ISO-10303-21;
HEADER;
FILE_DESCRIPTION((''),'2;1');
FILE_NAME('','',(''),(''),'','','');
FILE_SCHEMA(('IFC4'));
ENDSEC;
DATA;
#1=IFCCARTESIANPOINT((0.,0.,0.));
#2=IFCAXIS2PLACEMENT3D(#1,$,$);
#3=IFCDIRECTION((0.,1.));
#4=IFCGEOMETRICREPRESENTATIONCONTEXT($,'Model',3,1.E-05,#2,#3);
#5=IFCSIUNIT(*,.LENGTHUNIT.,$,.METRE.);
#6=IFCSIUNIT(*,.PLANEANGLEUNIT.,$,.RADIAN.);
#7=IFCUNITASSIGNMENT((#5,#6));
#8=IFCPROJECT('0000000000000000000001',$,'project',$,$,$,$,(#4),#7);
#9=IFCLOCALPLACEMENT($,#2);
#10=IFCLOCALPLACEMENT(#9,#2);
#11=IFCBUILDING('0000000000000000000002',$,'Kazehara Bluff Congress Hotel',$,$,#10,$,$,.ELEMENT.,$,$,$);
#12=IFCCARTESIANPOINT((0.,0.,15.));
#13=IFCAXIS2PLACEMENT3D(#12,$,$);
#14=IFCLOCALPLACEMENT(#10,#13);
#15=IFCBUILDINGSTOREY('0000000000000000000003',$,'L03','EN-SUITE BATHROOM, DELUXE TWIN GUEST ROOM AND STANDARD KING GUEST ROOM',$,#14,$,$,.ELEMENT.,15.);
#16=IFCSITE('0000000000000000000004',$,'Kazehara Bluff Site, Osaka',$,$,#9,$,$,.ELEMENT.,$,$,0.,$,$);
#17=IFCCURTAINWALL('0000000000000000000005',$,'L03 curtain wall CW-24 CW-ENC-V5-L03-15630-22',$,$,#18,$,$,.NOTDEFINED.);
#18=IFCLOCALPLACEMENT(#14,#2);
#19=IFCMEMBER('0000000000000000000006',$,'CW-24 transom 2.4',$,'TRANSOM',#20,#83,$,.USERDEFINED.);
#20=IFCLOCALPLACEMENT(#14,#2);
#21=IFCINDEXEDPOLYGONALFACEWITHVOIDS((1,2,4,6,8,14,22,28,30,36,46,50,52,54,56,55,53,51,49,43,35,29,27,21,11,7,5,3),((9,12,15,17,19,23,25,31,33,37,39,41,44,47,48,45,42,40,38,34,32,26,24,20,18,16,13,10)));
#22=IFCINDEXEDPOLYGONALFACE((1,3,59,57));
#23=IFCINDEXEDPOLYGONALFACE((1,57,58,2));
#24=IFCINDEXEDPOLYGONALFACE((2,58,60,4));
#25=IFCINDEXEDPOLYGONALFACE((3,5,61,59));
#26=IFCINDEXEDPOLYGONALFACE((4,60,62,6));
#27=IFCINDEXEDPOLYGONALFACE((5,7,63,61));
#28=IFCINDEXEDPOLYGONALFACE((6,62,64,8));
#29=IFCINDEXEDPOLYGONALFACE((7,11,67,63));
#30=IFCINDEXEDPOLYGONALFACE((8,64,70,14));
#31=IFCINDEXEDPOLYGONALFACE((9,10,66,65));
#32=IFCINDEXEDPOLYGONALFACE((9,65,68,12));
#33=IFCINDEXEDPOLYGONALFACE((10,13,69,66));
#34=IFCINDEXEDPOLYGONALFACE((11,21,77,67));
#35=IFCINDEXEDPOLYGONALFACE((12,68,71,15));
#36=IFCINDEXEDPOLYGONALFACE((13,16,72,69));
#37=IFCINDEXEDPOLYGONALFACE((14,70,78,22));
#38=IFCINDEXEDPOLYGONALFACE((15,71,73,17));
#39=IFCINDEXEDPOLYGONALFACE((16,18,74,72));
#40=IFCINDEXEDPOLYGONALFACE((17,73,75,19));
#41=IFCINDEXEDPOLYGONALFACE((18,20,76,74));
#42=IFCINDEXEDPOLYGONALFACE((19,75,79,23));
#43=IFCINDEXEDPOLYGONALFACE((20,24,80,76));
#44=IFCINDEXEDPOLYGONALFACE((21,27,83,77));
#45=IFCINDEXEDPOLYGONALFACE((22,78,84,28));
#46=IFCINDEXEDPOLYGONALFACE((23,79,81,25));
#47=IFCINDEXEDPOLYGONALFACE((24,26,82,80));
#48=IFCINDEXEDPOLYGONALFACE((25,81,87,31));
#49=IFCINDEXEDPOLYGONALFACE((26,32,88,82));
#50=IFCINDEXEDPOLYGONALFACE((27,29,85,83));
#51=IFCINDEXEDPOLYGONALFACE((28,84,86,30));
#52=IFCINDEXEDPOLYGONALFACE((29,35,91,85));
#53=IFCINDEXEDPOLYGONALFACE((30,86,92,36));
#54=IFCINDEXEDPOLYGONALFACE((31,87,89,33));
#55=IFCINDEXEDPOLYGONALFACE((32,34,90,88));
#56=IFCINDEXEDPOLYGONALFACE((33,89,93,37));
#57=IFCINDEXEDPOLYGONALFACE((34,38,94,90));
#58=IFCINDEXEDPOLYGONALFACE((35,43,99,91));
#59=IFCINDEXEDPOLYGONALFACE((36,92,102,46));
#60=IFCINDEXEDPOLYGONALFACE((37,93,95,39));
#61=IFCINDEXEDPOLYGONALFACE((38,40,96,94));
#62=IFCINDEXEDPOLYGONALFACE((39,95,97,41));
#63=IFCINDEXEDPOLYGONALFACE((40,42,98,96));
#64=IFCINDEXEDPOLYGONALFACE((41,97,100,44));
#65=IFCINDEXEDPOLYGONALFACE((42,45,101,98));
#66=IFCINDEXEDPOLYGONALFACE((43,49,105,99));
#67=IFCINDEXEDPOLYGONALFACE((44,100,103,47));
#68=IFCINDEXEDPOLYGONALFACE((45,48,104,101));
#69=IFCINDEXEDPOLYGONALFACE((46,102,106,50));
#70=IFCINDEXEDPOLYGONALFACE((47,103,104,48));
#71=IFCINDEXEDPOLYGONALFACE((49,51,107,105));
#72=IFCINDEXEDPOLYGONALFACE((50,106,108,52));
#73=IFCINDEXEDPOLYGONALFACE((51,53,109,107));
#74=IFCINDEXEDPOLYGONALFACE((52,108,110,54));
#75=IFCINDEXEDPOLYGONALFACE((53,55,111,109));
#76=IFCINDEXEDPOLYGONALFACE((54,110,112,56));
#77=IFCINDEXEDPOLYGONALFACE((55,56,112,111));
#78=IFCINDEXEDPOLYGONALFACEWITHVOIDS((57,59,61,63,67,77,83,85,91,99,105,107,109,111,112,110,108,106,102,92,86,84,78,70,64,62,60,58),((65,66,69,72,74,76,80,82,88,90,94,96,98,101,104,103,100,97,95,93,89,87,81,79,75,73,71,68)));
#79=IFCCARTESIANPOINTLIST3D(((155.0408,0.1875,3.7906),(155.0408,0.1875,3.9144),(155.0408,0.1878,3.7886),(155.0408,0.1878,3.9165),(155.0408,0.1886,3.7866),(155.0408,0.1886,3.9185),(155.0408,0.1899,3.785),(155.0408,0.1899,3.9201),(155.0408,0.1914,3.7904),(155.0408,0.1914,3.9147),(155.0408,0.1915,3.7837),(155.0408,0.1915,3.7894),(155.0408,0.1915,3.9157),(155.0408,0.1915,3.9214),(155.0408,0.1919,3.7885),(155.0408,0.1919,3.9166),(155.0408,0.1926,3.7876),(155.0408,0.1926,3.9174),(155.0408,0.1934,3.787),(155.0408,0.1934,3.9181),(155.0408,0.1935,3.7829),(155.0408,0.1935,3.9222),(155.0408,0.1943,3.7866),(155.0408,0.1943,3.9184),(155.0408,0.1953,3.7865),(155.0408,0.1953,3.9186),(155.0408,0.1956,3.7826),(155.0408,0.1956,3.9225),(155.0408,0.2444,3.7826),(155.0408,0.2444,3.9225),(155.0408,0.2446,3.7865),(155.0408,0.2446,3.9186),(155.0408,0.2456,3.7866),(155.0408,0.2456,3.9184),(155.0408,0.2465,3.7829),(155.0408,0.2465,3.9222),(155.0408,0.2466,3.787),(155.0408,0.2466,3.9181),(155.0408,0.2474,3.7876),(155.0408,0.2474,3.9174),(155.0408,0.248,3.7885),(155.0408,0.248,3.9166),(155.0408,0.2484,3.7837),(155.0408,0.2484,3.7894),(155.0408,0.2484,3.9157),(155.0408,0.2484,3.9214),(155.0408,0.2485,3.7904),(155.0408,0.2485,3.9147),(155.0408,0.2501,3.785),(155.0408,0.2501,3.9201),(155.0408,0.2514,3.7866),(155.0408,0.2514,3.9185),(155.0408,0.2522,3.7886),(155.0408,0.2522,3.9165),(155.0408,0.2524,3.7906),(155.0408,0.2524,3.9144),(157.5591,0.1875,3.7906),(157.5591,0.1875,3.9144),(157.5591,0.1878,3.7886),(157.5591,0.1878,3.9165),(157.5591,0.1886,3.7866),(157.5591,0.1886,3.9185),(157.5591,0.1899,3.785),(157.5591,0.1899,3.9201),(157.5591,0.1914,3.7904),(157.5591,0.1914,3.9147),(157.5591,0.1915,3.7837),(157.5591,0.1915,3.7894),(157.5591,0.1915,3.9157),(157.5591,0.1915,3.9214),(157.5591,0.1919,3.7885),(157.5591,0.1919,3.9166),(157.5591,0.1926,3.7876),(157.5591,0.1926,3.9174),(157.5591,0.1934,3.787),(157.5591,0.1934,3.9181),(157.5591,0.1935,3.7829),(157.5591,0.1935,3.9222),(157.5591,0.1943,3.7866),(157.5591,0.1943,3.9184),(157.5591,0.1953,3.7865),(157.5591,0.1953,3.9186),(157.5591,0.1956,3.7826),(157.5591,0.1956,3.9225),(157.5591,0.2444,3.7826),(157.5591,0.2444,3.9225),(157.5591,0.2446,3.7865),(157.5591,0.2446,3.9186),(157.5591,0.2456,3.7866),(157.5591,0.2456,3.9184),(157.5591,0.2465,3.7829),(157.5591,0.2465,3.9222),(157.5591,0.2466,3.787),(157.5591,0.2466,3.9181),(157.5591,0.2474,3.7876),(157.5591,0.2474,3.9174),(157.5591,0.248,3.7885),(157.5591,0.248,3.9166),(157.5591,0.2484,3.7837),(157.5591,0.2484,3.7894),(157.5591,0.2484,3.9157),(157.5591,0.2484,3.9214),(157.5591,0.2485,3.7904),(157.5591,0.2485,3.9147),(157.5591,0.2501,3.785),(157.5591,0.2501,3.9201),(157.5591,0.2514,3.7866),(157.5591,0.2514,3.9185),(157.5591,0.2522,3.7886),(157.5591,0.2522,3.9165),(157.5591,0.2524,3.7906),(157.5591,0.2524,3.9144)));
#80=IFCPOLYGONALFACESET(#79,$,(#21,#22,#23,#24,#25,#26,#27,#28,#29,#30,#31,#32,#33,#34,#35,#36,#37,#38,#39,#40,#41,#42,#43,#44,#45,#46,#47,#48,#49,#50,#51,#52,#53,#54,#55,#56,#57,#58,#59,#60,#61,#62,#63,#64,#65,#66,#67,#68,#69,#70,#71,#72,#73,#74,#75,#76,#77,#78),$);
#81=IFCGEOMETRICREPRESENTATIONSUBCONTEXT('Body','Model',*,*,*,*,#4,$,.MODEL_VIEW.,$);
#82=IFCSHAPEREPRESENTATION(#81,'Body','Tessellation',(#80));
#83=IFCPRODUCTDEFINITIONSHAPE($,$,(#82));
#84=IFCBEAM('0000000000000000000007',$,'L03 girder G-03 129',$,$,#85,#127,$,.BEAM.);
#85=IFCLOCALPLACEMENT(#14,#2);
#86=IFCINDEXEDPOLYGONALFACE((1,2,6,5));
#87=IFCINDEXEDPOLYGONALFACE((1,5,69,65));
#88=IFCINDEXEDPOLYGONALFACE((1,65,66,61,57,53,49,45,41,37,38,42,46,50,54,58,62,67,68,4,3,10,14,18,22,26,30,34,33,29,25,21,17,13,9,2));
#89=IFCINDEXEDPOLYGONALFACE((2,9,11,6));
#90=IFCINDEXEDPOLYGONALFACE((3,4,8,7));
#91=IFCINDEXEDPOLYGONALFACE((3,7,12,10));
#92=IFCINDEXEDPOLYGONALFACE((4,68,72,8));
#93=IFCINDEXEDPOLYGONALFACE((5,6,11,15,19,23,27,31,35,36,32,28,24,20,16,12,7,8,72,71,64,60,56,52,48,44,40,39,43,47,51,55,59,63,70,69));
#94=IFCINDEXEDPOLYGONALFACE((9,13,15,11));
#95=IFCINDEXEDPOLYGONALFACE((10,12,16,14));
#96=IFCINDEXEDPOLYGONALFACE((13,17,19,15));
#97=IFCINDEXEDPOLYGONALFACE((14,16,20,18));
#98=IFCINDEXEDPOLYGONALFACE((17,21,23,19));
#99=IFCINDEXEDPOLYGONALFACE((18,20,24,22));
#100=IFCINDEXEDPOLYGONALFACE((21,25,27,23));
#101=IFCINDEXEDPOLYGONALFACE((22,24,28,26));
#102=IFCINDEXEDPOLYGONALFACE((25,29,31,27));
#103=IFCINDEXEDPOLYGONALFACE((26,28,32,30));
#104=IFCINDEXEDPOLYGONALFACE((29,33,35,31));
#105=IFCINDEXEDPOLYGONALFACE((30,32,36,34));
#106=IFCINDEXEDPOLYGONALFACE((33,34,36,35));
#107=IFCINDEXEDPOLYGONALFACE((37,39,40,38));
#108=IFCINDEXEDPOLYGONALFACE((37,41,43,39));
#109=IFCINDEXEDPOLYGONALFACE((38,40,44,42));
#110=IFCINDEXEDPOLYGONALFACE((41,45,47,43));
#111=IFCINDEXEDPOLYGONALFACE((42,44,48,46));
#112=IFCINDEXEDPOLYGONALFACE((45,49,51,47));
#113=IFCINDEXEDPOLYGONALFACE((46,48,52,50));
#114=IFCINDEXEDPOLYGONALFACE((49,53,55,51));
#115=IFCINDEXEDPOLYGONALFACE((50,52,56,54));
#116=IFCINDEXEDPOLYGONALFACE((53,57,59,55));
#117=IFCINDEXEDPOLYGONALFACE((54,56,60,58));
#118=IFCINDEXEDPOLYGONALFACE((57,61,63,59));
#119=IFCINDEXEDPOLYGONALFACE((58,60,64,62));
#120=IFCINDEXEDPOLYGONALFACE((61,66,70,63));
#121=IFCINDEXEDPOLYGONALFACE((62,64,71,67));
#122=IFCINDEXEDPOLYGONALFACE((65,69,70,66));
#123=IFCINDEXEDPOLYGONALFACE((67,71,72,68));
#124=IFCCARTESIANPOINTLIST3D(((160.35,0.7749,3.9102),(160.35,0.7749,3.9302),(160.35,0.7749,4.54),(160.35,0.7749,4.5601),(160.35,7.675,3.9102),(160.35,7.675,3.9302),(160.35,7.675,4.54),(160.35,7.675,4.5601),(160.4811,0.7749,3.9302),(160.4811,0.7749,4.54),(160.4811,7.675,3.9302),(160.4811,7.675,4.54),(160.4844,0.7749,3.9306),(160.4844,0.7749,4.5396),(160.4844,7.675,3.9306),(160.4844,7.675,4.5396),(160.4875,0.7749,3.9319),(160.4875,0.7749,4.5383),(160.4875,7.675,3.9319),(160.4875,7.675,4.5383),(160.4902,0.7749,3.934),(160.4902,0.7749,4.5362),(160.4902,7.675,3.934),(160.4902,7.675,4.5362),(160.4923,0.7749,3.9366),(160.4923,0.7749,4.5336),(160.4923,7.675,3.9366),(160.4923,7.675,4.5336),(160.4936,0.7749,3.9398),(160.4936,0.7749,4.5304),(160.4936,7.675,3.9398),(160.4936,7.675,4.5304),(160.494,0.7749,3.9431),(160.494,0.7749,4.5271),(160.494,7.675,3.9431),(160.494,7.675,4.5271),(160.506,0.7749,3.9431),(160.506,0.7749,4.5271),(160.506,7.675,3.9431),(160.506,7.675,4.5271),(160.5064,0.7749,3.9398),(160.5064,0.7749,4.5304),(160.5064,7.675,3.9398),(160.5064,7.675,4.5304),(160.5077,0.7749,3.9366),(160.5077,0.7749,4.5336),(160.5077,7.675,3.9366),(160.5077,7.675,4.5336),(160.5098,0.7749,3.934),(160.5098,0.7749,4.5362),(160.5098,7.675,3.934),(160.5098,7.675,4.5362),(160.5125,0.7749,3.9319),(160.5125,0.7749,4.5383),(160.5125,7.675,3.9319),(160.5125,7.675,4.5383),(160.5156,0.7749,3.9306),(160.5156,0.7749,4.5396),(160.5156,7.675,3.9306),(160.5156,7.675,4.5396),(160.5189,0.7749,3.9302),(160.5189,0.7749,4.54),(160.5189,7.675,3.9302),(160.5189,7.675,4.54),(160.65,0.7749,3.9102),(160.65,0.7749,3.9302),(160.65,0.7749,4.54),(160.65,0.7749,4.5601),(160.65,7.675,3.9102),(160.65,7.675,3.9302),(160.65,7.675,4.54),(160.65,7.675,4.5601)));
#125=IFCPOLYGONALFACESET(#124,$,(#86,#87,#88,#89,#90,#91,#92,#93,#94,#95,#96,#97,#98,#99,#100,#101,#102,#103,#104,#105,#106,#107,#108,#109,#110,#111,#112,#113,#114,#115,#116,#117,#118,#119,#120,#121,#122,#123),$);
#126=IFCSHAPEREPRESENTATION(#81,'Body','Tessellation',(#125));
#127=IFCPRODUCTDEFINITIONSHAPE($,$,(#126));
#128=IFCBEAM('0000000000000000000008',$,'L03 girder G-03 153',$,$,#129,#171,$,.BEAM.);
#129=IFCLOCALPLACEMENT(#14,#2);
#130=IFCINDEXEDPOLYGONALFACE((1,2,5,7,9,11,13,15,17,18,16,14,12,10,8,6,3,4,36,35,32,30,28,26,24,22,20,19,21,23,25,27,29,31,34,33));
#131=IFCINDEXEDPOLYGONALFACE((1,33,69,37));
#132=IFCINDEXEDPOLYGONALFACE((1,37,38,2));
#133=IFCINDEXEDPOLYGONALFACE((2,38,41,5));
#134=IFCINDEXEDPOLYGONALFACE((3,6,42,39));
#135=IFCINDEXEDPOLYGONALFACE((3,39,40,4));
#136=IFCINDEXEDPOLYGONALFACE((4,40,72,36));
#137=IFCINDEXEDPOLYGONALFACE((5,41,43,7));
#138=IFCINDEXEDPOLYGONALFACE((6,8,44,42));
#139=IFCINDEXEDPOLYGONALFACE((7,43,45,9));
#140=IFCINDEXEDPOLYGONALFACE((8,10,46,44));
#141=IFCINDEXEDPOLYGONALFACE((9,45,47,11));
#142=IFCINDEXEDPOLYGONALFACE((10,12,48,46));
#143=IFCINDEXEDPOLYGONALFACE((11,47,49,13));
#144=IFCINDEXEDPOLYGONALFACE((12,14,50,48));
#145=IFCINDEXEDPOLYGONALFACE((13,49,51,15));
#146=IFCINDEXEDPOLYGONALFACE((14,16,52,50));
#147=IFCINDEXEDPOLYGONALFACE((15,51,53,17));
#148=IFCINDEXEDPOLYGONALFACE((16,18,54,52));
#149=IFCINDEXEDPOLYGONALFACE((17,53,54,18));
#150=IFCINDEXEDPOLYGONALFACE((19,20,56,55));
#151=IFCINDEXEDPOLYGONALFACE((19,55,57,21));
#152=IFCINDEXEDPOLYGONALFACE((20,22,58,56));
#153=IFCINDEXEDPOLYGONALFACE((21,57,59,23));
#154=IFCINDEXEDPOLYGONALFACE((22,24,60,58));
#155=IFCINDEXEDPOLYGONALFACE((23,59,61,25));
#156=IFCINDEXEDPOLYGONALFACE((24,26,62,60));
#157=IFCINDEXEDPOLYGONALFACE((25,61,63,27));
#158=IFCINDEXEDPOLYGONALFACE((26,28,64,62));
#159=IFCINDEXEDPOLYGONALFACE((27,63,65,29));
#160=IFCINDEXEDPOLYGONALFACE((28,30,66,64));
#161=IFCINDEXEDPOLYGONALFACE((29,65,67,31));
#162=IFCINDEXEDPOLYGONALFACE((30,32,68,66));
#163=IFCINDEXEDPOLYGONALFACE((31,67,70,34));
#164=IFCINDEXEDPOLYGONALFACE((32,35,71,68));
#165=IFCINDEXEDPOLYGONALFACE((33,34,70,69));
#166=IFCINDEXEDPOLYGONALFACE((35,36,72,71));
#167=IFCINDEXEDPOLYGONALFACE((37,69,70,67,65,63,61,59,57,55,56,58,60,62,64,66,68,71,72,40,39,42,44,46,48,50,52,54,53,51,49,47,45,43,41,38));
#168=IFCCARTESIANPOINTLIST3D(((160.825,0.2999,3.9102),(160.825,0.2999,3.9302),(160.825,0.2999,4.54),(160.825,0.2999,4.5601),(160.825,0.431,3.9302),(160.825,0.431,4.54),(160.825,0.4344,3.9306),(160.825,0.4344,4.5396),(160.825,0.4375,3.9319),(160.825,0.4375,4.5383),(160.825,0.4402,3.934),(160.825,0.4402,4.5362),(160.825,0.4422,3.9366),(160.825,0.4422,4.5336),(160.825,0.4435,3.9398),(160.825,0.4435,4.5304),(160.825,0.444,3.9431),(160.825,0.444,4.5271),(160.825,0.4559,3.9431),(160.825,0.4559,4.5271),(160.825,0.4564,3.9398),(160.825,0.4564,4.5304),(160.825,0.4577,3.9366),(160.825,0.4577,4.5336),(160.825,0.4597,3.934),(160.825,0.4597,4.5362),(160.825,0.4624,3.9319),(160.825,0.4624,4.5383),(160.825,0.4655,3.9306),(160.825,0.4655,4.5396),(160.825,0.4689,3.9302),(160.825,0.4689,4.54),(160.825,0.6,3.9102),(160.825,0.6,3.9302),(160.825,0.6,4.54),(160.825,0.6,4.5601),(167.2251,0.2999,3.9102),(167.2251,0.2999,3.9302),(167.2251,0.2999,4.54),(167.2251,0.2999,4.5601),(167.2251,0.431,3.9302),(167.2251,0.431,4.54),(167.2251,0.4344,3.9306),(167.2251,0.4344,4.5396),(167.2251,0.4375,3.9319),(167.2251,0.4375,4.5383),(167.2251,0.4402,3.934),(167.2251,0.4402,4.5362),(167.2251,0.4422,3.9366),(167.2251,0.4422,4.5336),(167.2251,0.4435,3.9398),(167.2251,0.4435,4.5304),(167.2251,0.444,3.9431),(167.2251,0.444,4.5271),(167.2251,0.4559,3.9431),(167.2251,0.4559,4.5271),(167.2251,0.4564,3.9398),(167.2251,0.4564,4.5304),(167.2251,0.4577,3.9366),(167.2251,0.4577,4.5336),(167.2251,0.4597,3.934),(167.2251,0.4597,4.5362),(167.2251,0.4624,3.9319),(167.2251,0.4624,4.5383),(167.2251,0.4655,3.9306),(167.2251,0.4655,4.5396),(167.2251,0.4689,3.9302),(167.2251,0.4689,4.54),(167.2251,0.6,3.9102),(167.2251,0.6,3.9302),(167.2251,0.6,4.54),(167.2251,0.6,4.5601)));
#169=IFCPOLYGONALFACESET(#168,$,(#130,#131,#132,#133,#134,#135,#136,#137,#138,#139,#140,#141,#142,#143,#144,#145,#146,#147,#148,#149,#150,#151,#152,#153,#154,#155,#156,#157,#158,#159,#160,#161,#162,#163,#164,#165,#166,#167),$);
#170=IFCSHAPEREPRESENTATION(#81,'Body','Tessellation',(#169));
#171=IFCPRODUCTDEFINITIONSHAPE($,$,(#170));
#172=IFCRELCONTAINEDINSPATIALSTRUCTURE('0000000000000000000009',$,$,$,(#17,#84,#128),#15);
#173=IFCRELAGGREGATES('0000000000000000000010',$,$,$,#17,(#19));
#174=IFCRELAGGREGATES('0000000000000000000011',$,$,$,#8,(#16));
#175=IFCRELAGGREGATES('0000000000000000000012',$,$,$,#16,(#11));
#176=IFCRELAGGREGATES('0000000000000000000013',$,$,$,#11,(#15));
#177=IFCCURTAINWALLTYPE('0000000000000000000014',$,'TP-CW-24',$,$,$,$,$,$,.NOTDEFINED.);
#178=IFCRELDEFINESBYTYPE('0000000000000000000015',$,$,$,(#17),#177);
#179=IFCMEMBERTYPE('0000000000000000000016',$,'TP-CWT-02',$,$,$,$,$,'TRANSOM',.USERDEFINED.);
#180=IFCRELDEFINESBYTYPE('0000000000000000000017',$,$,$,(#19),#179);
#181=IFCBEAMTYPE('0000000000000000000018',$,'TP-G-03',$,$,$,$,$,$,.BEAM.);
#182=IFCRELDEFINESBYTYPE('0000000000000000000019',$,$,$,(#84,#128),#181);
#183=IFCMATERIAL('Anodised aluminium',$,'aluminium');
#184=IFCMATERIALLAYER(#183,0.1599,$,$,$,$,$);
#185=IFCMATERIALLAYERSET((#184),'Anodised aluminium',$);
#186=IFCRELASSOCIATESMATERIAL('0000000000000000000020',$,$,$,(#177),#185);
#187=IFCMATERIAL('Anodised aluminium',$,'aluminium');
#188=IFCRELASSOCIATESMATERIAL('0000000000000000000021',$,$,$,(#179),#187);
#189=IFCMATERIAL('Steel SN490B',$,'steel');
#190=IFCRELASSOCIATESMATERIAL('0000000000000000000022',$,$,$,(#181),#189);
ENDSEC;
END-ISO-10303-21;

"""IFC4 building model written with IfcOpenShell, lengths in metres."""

from ifc_helpers import new_model, si_unit, direction, frame, origin, origin_2d, place, context, subcontext, project, spatial, hollow_rectangle, i_section, extrude, material, layer, layer_set, material_profile, profile_set, type_object, element, aggregate, save


model = new_model("IFC4")

# Units and contexts
model_context = context("Model", 3, precision=1e-05, world=origin(), true_north=direction((0.0, 1.0)))
body_context = subcontext(model_context, "Body", "Model", "MODEL_VIEW")
ifc_project = project(units=[si_unit("LENGTHUNIT", "METRE"), si_unit("PLANEANGLEUNIT", "RADIAN")], contexts=[model_context])

# Site, building, storey
site_placement = place(None, origin())
site = spatial("IfcSite", under=ifc_project, at=site_placement, Name="Kazehara Bluff Site, Osaka", CompositionType="ELEMENT", RefElevation=0.0)
building_placement = place(site_placement, origin())
building = spatial("IfcBuilding", under=site, at=building_placement, Name="Kazehara Bluff Congress Hotel", CompositionType="ELEMENT")
storey_placement = place(building_placement, frame((0.0, 0.0, 15.0)))
storey = spatial("IfcBuildingStorey", under=building, at=storey_placement, Name="L03", Description="EN-SUITE BATHROOM, DELUXE TWIN GUEST ROOM AND STANDARD KING GUEST ROOM", CompositionType="ELEMENT", Elevation=15.0)

# Curtain wall
ifc_material_1 = material(Name="Anodised aluminium", Category="aluminium")
ifc_layer_1 = layer(ifc_material_1, 0.1599)
ifc_layer_set_1 = layer_set([ifc_layer_1], Name="Anodised aluminium")
curtain_wall_type_1 = type_object("IfcCurtainWallType", Name="TP-CW-24", PredefinedType="NOTDEFINED", material=ifc_layer_set_1)
curtain_wall_1_placement = place(storey_placement, origin())
curtain_wall_1 = element("IfcCurtainWall", 1, at=curtain_wall_1_placement, inside=storey, type_object=curtain_wall_type_1, Name="L03 curtain wall CW-24 CW-ENC-V5-L03-15630-22", PredefinedType="NOTDEFINED")

# Member
ifc_material_2 = material(Name="Anodised aluminium", Category="aluminium")
ifc_material_profile_1 = material_profile(ifc_material_2, hollow_rectangle(XDim=0.0649, YDim=0.1399, WallThickness=0.0039, InnerFilletRadius=0.0039, OuterFilletRadius=0.0081, at=origin_2d()))
ifc_profile_set_1 = profile_set([ifc_material_profile_1], Name="Anodised aluminium")
member_type_1 = type_object("IfcMemberType", Name="TP-CWT-02", ElementType="TRANSOM", PredefinedType="USERDEFINED", material=ifc_profile_set_1)
member_1_placement = place(storey_placement, frame((157.5591, 0.22, 3.8525), z_axis=(-1.0, 0.0, 0.0), x_axis=(0.0, -1.0, 0.0)))
member_1 = element("IfcMember", 2, at=member_1_placement, type_object=member_type_1, Name="CW-24 transom 2.4", ObjectType="TRANSOM", PredefinedType="USERDEFINED", context=body_context, shape_type="SweptSolid", body=[
    extrude(hollow_rectangle(XDim=0.0649, YDim=0.1399, WallThickness=0.0039, InnerFilletRadius=0.0039, OuterFilletRadius=0.0081, at=origin_2d()), origin(), (0.0, 0.0, 1.0), 2.5183),
])

# Beams
ifc_material_3 = material(Name="Steel SN490B", Category="steel")
ifc_material_profile_2 = material_profile(ifc_material_3, i_section(OverallWidth=0.3, OverallDepth=0.6499, WebThickness=0.012, FlangeThickness=0.02, FilletRadius=0.0129, at=origin_2d()))
ifc_profile_set_2 = profile_set([ifc_material_profile_2], Name="Steel SN490B")
beam_type_1 = type_object("IfcBeamType", Name="TP-G-03", PredefinedType="BEAM", material=ifc_profile_set_2)
beam_1_placement = place(storey_placement, frame((160.5, 0.7749, 4.2351), z_axis=(0.0, 1.0, 0.0), x_axis=(-1.0, 0.0, 0.0)))
element("IfcBeam", 3, at=beam_1_placement, inside=storey, type_object=beam_type_1, Name="L03 girder G-03 129", PredefinedType="BEAM", context=body_context, shape_type="SweptSolid", body=[
    extrude(i_section(OverallWidth=0.3, OverallDepth=0.6499, WebThickness=0.012, FlangeThickness=0.02, FilletRadius=0.0129, at=origin_2d()), origin(), (0.0, 0.0, 1.0), 6.9001),
])
beam_2_placement = place(storey_placement, frame((160.825, 0.45, 4.2351), z_axis=(1.0, 0.0, 0.0), x_axis=(0.0, 1.0, 0.0)))
element("IfcBeam", 4, at=beam_2_placement, inside=storey, type_object=beam_type_1, Name="L03 girder G-03 153", PredefinedType="BEAM", context=body_context, shape_type="SweptSolid", body=[
    extrude(i_section(OverallWidth=0.3, OverallDepth=0.6499, WebThickness=0.012, FlangeThickness=0.02, FilletRadius=0.0129, at=origin_2d()), origin(), (0.0, 0.0, 1.0), 6.4001),
])

aggregate(curtain_wall_1, [member_1])

save(model, "model.ifc")
